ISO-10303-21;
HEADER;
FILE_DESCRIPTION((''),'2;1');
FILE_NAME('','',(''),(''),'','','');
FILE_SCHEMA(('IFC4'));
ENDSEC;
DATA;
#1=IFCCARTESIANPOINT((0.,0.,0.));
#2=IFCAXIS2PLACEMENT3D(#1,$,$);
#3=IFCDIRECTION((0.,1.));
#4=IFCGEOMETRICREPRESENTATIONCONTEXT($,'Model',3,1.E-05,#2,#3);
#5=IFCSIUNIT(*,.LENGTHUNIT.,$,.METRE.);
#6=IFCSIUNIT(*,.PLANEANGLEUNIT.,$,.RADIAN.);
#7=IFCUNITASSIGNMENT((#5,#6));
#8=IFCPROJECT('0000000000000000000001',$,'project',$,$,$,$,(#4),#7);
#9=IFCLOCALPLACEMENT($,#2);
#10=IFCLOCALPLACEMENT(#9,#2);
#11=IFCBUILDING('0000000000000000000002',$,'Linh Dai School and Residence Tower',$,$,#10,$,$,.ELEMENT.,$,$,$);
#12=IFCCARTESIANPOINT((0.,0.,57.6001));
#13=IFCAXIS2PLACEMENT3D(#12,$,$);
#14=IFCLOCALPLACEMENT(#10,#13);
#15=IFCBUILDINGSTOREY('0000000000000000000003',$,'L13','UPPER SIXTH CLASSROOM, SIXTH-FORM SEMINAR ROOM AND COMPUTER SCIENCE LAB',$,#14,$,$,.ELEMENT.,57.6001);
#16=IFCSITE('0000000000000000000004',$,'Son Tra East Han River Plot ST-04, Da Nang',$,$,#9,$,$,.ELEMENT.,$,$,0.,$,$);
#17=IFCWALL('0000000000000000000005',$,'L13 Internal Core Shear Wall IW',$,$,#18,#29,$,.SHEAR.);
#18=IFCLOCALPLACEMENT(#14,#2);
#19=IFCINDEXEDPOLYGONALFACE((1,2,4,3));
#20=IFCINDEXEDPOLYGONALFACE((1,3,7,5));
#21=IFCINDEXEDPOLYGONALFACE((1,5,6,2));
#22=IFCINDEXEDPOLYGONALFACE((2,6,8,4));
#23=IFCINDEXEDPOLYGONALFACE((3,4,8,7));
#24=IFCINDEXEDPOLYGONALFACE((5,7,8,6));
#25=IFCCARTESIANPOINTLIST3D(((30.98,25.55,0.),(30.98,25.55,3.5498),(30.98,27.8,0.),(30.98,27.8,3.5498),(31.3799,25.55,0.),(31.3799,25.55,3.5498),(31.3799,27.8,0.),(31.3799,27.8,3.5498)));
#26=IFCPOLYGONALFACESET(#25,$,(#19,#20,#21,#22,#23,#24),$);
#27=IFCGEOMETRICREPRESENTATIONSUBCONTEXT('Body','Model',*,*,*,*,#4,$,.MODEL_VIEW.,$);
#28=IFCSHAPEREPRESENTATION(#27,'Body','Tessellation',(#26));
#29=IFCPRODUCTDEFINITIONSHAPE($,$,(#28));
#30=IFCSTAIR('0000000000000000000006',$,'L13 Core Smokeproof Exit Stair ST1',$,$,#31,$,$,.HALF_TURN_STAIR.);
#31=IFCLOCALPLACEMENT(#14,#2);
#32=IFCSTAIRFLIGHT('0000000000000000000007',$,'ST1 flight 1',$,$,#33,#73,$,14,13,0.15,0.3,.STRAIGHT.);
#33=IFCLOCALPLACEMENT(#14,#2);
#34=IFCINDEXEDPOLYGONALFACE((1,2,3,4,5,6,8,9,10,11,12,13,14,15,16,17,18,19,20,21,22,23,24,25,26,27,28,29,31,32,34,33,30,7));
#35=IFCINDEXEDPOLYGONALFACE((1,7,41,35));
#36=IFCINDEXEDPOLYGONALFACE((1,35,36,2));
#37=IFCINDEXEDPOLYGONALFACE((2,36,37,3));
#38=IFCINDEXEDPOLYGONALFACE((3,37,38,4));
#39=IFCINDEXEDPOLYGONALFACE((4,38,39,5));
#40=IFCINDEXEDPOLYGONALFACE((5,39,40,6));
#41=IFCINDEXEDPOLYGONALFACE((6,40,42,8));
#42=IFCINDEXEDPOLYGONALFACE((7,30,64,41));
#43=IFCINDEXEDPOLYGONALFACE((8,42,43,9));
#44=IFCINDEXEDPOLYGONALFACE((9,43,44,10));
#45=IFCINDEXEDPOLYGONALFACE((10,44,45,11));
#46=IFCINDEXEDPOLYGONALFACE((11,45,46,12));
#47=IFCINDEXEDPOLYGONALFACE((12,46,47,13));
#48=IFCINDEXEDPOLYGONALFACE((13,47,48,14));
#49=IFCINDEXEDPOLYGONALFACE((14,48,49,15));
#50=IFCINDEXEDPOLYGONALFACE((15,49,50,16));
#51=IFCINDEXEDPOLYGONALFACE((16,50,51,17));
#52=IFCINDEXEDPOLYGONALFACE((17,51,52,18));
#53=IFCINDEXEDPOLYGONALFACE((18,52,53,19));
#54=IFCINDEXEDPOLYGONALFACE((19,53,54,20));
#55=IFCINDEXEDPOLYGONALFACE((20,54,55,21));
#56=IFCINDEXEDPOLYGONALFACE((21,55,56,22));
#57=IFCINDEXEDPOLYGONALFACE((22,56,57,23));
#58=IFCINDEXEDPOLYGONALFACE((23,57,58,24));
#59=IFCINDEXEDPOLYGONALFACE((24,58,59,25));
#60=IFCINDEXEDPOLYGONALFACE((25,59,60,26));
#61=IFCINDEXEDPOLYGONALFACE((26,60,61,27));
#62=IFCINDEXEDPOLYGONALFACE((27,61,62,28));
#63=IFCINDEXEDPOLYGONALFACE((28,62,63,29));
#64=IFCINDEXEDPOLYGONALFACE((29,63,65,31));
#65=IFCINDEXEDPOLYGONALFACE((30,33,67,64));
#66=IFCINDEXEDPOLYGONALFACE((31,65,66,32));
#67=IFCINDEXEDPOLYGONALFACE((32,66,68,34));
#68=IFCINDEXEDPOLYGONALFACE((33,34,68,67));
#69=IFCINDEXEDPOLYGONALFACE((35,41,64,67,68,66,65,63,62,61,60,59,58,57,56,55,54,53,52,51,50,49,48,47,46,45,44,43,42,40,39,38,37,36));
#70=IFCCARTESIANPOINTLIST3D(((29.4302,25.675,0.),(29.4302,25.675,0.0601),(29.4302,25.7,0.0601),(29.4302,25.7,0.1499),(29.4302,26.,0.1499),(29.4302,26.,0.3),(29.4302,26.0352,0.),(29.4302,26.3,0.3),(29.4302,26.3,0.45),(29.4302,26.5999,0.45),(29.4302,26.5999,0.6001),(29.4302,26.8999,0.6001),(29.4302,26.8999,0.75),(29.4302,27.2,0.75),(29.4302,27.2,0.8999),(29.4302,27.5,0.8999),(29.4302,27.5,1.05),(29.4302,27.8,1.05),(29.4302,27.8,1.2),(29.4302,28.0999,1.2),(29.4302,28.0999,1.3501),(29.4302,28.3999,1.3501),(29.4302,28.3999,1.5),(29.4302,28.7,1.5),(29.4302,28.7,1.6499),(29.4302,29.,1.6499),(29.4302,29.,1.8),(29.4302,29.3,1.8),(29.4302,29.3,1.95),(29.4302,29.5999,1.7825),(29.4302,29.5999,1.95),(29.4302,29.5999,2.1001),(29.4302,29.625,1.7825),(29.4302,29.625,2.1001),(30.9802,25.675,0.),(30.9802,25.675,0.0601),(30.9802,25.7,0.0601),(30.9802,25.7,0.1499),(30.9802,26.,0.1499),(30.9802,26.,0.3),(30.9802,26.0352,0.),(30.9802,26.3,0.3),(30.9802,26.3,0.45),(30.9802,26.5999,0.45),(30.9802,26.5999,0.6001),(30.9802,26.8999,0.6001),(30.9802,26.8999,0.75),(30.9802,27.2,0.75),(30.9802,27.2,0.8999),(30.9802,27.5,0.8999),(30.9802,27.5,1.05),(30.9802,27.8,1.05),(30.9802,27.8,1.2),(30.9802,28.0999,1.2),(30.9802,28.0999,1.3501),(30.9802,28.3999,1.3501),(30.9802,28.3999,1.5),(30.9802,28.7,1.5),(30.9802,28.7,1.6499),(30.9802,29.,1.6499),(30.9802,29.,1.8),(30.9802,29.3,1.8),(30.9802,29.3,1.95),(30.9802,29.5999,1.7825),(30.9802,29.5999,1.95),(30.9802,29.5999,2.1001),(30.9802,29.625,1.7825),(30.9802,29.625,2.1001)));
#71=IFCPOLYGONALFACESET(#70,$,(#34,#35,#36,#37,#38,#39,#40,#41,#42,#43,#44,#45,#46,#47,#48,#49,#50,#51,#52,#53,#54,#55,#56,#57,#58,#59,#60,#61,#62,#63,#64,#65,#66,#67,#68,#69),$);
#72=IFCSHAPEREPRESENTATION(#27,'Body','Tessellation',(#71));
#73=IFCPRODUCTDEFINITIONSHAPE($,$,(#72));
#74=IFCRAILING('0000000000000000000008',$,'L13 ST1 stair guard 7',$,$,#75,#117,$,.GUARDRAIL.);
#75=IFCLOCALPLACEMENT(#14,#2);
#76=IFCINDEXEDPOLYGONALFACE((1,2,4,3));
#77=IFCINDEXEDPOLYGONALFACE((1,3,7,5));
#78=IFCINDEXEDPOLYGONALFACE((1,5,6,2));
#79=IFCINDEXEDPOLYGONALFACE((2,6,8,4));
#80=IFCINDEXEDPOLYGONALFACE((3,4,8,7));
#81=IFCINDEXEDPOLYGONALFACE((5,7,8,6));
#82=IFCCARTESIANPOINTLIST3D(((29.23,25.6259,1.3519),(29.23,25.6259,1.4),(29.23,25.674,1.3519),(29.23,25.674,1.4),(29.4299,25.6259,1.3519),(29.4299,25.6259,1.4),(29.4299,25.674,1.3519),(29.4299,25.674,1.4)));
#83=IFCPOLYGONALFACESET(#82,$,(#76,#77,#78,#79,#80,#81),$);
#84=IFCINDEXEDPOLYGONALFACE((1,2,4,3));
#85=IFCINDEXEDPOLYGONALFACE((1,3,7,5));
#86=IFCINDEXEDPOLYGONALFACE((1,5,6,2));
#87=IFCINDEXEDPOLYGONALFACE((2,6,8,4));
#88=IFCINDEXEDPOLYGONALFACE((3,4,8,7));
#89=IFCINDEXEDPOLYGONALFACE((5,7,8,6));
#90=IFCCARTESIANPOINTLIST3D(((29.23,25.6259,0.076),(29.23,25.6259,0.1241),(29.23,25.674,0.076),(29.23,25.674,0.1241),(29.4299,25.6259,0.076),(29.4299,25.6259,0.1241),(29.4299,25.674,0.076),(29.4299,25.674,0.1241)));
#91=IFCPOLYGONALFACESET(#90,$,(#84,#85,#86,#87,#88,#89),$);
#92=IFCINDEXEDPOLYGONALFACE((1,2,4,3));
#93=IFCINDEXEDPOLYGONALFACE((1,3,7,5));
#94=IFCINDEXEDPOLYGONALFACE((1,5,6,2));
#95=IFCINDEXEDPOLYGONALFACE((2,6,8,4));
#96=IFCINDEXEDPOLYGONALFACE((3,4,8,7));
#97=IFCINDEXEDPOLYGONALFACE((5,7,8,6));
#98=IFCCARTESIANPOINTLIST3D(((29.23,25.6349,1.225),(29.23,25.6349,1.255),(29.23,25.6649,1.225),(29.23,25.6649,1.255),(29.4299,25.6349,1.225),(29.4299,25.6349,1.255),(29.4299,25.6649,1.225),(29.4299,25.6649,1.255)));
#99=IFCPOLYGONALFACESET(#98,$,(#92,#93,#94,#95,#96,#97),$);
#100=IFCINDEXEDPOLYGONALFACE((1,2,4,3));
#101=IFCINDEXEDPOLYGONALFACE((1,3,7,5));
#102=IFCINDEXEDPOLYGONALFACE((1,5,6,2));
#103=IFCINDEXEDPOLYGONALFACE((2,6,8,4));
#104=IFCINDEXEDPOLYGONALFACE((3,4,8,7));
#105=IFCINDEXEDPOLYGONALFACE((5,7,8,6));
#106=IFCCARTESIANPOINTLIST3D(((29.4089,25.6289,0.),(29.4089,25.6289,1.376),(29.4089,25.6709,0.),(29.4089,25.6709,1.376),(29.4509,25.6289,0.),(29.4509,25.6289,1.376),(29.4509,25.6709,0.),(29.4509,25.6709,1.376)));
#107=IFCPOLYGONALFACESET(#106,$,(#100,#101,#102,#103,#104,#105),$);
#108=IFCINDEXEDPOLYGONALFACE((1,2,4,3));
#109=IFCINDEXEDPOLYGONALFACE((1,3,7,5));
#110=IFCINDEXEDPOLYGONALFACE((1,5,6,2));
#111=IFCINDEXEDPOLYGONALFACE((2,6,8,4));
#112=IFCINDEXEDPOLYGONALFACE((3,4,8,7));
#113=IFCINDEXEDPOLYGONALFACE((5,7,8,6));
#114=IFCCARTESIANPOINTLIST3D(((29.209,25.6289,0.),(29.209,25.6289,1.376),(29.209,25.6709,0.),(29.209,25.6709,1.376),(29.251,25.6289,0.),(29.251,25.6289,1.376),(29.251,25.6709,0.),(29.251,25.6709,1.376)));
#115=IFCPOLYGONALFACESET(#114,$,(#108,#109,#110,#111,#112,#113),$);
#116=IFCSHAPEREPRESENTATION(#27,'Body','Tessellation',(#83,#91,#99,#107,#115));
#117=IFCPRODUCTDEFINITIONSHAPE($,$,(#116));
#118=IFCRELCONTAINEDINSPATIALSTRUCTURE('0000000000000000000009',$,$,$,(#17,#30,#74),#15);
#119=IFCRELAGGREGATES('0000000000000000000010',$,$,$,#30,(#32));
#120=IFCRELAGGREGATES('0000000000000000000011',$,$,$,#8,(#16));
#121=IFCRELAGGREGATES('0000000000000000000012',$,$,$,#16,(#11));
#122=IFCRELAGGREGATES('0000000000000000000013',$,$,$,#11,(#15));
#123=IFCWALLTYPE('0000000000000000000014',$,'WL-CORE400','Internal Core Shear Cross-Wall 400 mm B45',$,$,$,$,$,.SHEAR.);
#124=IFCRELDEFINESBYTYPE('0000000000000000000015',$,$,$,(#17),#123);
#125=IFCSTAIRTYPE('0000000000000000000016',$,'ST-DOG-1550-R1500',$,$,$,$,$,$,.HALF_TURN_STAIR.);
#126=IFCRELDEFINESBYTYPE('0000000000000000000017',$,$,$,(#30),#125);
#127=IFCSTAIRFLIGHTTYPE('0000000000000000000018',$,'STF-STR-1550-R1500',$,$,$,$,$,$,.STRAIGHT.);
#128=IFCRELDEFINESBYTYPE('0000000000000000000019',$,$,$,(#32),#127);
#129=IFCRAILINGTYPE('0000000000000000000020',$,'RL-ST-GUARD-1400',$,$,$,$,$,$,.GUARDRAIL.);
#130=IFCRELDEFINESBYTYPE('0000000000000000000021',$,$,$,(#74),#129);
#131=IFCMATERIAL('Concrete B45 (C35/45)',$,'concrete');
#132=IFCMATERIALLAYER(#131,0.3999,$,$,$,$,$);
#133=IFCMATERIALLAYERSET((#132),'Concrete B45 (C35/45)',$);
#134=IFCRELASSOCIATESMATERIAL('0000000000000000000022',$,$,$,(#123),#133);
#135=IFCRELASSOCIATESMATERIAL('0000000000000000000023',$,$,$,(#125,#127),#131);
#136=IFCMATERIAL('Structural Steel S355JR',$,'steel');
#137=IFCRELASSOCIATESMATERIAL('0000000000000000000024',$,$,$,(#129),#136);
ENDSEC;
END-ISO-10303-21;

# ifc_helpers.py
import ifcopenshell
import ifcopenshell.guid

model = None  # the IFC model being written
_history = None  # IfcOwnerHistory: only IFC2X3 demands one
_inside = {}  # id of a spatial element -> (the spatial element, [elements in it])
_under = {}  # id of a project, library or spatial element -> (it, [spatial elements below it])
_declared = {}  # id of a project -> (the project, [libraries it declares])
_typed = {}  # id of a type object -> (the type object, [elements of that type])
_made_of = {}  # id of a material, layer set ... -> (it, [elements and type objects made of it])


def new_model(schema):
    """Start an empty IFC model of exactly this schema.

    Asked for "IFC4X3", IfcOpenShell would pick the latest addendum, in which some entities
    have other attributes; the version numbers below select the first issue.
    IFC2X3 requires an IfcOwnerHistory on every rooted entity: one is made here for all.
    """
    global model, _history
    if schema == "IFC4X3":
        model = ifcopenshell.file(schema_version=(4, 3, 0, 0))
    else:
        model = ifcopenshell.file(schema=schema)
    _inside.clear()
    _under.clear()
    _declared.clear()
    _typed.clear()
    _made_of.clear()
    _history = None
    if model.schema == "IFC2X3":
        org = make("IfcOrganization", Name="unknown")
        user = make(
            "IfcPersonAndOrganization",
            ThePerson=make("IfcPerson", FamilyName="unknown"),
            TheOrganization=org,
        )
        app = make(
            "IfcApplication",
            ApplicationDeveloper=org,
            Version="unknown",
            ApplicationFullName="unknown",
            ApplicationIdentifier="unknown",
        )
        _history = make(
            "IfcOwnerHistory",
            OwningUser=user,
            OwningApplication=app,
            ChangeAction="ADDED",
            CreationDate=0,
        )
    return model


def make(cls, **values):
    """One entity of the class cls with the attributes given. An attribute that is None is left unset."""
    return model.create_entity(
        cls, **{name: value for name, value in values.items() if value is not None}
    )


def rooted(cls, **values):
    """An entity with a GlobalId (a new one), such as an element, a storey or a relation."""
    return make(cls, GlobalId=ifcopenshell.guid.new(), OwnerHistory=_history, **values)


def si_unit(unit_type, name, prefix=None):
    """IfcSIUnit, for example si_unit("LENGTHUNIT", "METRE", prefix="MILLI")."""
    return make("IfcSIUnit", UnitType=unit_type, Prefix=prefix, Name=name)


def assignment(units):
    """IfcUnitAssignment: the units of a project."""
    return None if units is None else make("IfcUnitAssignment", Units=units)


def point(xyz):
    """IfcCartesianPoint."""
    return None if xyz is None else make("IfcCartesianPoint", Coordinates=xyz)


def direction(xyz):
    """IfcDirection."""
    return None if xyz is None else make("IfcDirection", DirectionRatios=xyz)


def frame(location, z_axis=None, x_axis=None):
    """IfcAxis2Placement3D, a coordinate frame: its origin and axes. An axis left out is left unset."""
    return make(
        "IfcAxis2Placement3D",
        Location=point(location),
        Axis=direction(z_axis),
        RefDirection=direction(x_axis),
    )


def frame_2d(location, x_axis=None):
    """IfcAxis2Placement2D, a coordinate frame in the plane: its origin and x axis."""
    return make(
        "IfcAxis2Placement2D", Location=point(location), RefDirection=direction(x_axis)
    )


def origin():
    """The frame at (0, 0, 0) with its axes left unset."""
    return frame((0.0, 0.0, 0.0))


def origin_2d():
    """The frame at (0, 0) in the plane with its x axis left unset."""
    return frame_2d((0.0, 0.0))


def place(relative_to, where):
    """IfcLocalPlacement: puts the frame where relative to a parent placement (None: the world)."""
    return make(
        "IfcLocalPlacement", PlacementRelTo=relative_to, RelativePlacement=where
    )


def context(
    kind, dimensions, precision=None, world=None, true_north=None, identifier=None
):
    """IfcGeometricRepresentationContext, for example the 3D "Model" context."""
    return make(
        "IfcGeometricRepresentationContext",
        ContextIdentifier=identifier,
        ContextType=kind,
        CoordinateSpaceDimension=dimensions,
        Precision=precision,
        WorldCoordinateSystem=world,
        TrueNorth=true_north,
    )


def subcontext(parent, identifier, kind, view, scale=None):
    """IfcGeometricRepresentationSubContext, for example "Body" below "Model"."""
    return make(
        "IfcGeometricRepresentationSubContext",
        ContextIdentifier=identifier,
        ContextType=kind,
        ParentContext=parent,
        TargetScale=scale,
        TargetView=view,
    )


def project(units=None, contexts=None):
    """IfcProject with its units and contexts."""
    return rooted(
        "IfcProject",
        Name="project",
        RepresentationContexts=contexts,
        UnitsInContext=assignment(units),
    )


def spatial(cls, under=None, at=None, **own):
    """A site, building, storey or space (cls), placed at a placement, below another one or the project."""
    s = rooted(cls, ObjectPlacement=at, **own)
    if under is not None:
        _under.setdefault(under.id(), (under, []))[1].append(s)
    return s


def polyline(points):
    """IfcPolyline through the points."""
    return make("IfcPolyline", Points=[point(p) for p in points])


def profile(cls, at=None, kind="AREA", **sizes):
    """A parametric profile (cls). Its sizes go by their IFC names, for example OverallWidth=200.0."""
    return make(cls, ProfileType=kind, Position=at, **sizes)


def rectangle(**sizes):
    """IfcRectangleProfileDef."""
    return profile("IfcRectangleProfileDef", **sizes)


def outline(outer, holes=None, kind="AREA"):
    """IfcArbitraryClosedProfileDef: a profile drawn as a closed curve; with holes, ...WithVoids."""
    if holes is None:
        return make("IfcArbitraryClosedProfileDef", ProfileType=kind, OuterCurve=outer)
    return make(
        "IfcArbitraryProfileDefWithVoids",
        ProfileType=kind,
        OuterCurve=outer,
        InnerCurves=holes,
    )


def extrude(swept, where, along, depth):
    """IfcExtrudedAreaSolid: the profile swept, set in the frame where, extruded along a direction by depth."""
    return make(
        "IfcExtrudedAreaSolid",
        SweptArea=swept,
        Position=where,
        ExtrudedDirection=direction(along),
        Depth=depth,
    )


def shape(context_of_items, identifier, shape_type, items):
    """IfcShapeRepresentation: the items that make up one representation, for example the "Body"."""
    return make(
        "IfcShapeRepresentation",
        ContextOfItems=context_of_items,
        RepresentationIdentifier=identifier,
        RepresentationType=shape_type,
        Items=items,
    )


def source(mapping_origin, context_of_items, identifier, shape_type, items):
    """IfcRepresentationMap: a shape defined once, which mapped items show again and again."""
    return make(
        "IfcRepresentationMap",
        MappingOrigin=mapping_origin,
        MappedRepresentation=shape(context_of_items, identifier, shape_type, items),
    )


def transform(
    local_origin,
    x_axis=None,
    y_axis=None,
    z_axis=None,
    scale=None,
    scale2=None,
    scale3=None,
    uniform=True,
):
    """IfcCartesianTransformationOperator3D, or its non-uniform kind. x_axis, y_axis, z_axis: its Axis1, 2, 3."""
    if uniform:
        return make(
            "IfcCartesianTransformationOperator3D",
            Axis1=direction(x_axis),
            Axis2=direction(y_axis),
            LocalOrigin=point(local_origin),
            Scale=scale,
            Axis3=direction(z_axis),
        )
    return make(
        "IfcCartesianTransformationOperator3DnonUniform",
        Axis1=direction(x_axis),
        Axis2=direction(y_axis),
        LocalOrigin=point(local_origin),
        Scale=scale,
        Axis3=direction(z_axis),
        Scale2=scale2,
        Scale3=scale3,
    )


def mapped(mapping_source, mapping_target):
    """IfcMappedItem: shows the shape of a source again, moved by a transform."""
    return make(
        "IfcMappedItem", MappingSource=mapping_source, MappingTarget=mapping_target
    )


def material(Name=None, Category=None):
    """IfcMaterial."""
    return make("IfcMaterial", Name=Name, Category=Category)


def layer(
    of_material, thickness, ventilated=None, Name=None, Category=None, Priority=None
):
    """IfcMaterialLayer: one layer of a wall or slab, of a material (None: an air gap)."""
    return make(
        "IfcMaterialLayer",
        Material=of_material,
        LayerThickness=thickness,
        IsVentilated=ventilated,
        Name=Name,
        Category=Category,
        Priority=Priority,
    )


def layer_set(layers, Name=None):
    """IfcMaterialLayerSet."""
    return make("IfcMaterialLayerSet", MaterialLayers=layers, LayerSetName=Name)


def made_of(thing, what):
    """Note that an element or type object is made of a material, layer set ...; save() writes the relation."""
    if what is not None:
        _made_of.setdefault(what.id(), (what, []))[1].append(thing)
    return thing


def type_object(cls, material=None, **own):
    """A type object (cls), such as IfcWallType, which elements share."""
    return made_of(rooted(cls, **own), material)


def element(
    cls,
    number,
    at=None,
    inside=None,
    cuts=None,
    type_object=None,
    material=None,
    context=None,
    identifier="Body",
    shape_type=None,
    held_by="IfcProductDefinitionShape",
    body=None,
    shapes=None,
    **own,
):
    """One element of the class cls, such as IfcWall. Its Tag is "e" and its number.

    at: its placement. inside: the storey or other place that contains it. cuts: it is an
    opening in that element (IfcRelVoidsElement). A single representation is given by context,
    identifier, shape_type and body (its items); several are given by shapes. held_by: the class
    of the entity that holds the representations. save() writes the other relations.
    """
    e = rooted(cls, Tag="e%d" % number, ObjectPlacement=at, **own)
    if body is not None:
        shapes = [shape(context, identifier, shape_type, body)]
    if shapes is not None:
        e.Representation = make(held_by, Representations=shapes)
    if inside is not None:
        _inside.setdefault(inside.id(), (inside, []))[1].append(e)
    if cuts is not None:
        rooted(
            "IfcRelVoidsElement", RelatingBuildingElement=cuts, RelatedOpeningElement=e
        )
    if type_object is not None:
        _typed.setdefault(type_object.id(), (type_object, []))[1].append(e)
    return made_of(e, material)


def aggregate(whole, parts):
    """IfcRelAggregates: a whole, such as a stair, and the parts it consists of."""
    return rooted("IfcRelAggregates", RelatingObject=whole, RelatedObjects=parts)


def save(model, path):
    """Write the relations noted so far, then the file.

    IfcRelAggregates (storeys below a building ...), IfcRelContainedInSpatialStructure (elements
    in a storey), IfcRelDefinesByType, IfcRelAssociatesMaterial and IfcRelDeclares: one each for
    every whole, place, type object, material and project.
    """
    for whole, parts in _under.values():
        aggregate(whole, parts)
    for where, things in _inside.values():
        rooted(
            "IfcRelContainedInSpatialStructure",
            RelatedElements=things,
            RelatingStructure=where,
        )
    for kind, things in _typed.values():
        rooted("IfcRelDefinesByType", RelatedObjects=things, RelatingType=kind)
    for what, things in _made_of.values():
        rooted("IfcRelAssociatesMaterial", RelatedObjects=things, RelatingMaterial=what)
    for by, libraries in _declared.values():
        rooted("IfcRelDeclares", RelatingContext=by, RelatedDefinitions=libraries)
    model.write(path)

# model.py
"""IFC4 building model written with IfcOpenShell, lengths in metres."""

from ifc_helpers import new_model, si_unit, direction, frame, frame_2d, origin, origin_2d, place, context, subcontext, project, spatial, polyline, rectangle, outline, extrude, source, transform, mapped, material, layer, layer_set, type_object, element, aggregate, save


model = new_model("IFC4")

# Units and contexts
model_context = context("Model", 3, precision=1e-05, world=origin(), true_north=direction((0.0, 1.0)))
body_context = subcontext(model_context, "Body", "Model", "MODEL_VIEW")
ifc_project = project(units=[si_unit("LENGTHUNIT", "METRE"), si_unit("PLANEANGLEUNIT", "RADIAN")], contexts=[model_context])

# Site, building, storey
site_placement = place(None, origin())
site = spatial("IfcSite", under=ifc_project, at=site_placement, Name="Son Tra East Han River Plot ST-04, Da Nang", CompositionType="ELEMENT", RefElevation=0.0)
building_placement = place(site_placement, origin())
building = spatial("IfcBuilding", under=site, at=building_placement, Name="Linh Dai School and Residence Tower", CompositionType="ELEMENT")
storey_placement = place(building_placement, frame((0.0, 0.0, 57.6001)))
storey = spatial("IfcBuildingStorey", under=building, at=storey_placement, Name="L13", Description="UPPER SIXTH CLASSROOM, SIXTH-FORM SEMINAR ROOM AND COMPUTER SCIENCE LAB", CompositionType="ELEMENT", Elevation=57.6001)

# Shared definitions
ifc_material_1 = material(Name="Structural Steel S355JR", Category="steel")

# Shared definitions
ifc_material_2 = material(Name="Concrete B45 (C35/45)", Category="concrete")

# Wall
ifc_layer_1 = layer(ifc_material_2, 0.3999)
ifc_layer_set_1 = layer_set([ifc_layer_1], Name="Concrete B45 (C35/45)")
wall_type_1 = type_object("IfcWallType", Name="WL-CORE400", Description="Internal Core Shear Cross-Wall 400 mm B45", PredefinedType="SHEAR", material=ifc_layer_set_1)
wall_1_placement = place(storey_placement, frame((31.1799, 25.55, 0.0), z_axis=(0.0, 0.0, 1.0), x_axis=(0.0, 1.0, 0.0)))
element("IfcWall", 1, at=wall_1_placement, inside=storey, type_object=wall_type_1, Name="L13 Internal Core Shear Wall IW", PredefinedType="SHEAR", context=body_context, shape_type="SweptSolid", body=[
    extrude(rectangle(XDim=2.25, YDim=0.3999, at=frame_2d((1.125, 0.0))), origin(), (0.0, 0.0, 1.0), 3.5498),
])

# Stair, stair flight
stair_type = type_object("IfcStairType", Name="ST-DOG-1550-R1500", PredefinedType="HALF_TURN_STAIR", material=ifc_material_2)
stair_placement = place(storey_placement, origin())
stair = element("IfcStair", 2, at=stair_placement, inside=storey, type_object=stair_type, Name="L13 Core Smokeproof Exit Stair ST1", PredefinedType="HALF_TURN_STAIR")
stair_flight_type = type_object("IfcStairFlightType", Name="STF-STR-1550-R1500", PredefinedType="STRAIGHT", material=ifc_material_2)
shared_shape_1 = source(origin(), body_context, "Body", "SweptSolid", [
    extrude(outline(polyline([(-0.0249, 0.0), (-0.0249, 0.0601), (0.0, 0.0601), (0.0, 0.1499), (0.3, 0.1499), (0.3, 0.3), (0.6001, 0.3), (0.6001, 0.45), (0.8999, 0.45), (0.8999, 0.6001), (1.2, 0.6001), (1.2, 0.75), (1.5, 0.75), (1.5, 0.8999), (1.8, 0.8999), (1.8, 1.05), (2.1001, 1.05), (2.1001, 1.2), (2.3999, 1.2), (2.3999, 1.3501), (2.7, 1.3501), (2.7, 1.5), (3.0, 1.5), (3.0, 1.6499), (3.3, 1.6499), (3.3, 1.8), (3.6001, 1.8), (3.6001, 1.95), (3.8999, 1.95), (3.8999, 2.1001), (3.925, 2.1001), (3.925, 1.7825), (3.8999, 1.7825), (0.3352, 0.0), (-0.0249, 0.0)])), frame((0.0, 0.7749, 0.0), z_axis=(0.0, -1.0, 0.0), x_axis=(1.0, 0.0, 0.0)), (0.0, 0.0, 1.0), 1.55),
])
stair_flight_placement = place(storey_placement, frame((30.2051, 25.7, 0.0), z_axis=(0.0, 0.0, 1.0), x_axis=(0.0, 1.0, 0.0)))
stair_flight = element("IfcStairFlight", 3, at=stair_flight_placement, type_object=stair_flight_type, Name="ST1 flight 1", NumberOfRisers=14, NumberOfTreads=13, PredefinedType="STRAIGHT", RiserHeight=0.15, TreadLength=0.3, context=body_context, shape_type="MappedRepresentation", body=[
    mapped(shared_shape_1, transform((0.0, 0.0, 0.0), x_axis=(1.0, 0.0, 0.0), y_axis=(0.0, 1.0, 0.0), z_axis=(0.0, 0.0, 1.0), scale=1.0)),
])
aggregate(stair, [stair_flight])

# Railing
railing_type_1 = type_object("IfcRailingType", Name="RL-ST-GUARD-1400", PredefinedType="GUARDRAIL", material=ifc_material_1)
shared_shape_2 = source(origin(), body_context, "Body", "SweptSolid", [
    extrude(rectangle(XDim=0.0481, YDim=0.0481, at=origin_2d()), frame((0.0, 0.0, 1.376), z_axis=(-1.0, 0.0, 0.0), x_axis=(0.0, -1.0, 0.0)), (0.0, 0.0, 1.0), 0.2),
    extrude(rectangle(XDim=0.0481, YDim=0.0481, at=origin_2d()), frame((0.0, 0.0, 0.1001), z_axis=(-1.0, 0.0, 0.0), x_axis=(0.0, -1.0, 0.0)), (0.0, 0.0, 1.0), 0.2),
    extrude(rectangle(XDim=0.03, YDim=0.03, at=origin_2d()), frame((0.0, 0.0, 1.24), z_axis=(-1.0, 0.0, 0.0), x_axis=(0.0, -1.0, 0.0)), (0.0, 0.0, 1.0), 0.2),
    extrude(rectangle(XDim=0.042, YDim=0.042, at=origin_2d()), origin(), (0.0, 0.0, 1.0), 1.376),
    extrude(rectangle(XDim=0.042, YDim=0.042, at=origin_2d()), frame((-0.2, 0.0, 0.0)), (0.0, 0.0, 1.0), 1.376),
])
railing_1_placement = place(storey_placement, frame((29.4299, 25.6499, 0.0)))
element("IfcRailing", 4, at=railing_1_placement, inside=storey, type_object=railing_type_1, Name="L13 ST1 stair guard 7", PredefinedType="GUARDRAIL", context=body_context, shape_type="MappedRepresentation", body=[
    mapped(shared_shape_2, transform((0.0, 0.0, 0.0), x_axis=(1.0, 0.0, 0.0), y_axis=(0.0, 1.0, 0.0), z_axis=(0.0, 0.0, 1.0), scale=1.0)),
])

save(model, "model.ifc")
